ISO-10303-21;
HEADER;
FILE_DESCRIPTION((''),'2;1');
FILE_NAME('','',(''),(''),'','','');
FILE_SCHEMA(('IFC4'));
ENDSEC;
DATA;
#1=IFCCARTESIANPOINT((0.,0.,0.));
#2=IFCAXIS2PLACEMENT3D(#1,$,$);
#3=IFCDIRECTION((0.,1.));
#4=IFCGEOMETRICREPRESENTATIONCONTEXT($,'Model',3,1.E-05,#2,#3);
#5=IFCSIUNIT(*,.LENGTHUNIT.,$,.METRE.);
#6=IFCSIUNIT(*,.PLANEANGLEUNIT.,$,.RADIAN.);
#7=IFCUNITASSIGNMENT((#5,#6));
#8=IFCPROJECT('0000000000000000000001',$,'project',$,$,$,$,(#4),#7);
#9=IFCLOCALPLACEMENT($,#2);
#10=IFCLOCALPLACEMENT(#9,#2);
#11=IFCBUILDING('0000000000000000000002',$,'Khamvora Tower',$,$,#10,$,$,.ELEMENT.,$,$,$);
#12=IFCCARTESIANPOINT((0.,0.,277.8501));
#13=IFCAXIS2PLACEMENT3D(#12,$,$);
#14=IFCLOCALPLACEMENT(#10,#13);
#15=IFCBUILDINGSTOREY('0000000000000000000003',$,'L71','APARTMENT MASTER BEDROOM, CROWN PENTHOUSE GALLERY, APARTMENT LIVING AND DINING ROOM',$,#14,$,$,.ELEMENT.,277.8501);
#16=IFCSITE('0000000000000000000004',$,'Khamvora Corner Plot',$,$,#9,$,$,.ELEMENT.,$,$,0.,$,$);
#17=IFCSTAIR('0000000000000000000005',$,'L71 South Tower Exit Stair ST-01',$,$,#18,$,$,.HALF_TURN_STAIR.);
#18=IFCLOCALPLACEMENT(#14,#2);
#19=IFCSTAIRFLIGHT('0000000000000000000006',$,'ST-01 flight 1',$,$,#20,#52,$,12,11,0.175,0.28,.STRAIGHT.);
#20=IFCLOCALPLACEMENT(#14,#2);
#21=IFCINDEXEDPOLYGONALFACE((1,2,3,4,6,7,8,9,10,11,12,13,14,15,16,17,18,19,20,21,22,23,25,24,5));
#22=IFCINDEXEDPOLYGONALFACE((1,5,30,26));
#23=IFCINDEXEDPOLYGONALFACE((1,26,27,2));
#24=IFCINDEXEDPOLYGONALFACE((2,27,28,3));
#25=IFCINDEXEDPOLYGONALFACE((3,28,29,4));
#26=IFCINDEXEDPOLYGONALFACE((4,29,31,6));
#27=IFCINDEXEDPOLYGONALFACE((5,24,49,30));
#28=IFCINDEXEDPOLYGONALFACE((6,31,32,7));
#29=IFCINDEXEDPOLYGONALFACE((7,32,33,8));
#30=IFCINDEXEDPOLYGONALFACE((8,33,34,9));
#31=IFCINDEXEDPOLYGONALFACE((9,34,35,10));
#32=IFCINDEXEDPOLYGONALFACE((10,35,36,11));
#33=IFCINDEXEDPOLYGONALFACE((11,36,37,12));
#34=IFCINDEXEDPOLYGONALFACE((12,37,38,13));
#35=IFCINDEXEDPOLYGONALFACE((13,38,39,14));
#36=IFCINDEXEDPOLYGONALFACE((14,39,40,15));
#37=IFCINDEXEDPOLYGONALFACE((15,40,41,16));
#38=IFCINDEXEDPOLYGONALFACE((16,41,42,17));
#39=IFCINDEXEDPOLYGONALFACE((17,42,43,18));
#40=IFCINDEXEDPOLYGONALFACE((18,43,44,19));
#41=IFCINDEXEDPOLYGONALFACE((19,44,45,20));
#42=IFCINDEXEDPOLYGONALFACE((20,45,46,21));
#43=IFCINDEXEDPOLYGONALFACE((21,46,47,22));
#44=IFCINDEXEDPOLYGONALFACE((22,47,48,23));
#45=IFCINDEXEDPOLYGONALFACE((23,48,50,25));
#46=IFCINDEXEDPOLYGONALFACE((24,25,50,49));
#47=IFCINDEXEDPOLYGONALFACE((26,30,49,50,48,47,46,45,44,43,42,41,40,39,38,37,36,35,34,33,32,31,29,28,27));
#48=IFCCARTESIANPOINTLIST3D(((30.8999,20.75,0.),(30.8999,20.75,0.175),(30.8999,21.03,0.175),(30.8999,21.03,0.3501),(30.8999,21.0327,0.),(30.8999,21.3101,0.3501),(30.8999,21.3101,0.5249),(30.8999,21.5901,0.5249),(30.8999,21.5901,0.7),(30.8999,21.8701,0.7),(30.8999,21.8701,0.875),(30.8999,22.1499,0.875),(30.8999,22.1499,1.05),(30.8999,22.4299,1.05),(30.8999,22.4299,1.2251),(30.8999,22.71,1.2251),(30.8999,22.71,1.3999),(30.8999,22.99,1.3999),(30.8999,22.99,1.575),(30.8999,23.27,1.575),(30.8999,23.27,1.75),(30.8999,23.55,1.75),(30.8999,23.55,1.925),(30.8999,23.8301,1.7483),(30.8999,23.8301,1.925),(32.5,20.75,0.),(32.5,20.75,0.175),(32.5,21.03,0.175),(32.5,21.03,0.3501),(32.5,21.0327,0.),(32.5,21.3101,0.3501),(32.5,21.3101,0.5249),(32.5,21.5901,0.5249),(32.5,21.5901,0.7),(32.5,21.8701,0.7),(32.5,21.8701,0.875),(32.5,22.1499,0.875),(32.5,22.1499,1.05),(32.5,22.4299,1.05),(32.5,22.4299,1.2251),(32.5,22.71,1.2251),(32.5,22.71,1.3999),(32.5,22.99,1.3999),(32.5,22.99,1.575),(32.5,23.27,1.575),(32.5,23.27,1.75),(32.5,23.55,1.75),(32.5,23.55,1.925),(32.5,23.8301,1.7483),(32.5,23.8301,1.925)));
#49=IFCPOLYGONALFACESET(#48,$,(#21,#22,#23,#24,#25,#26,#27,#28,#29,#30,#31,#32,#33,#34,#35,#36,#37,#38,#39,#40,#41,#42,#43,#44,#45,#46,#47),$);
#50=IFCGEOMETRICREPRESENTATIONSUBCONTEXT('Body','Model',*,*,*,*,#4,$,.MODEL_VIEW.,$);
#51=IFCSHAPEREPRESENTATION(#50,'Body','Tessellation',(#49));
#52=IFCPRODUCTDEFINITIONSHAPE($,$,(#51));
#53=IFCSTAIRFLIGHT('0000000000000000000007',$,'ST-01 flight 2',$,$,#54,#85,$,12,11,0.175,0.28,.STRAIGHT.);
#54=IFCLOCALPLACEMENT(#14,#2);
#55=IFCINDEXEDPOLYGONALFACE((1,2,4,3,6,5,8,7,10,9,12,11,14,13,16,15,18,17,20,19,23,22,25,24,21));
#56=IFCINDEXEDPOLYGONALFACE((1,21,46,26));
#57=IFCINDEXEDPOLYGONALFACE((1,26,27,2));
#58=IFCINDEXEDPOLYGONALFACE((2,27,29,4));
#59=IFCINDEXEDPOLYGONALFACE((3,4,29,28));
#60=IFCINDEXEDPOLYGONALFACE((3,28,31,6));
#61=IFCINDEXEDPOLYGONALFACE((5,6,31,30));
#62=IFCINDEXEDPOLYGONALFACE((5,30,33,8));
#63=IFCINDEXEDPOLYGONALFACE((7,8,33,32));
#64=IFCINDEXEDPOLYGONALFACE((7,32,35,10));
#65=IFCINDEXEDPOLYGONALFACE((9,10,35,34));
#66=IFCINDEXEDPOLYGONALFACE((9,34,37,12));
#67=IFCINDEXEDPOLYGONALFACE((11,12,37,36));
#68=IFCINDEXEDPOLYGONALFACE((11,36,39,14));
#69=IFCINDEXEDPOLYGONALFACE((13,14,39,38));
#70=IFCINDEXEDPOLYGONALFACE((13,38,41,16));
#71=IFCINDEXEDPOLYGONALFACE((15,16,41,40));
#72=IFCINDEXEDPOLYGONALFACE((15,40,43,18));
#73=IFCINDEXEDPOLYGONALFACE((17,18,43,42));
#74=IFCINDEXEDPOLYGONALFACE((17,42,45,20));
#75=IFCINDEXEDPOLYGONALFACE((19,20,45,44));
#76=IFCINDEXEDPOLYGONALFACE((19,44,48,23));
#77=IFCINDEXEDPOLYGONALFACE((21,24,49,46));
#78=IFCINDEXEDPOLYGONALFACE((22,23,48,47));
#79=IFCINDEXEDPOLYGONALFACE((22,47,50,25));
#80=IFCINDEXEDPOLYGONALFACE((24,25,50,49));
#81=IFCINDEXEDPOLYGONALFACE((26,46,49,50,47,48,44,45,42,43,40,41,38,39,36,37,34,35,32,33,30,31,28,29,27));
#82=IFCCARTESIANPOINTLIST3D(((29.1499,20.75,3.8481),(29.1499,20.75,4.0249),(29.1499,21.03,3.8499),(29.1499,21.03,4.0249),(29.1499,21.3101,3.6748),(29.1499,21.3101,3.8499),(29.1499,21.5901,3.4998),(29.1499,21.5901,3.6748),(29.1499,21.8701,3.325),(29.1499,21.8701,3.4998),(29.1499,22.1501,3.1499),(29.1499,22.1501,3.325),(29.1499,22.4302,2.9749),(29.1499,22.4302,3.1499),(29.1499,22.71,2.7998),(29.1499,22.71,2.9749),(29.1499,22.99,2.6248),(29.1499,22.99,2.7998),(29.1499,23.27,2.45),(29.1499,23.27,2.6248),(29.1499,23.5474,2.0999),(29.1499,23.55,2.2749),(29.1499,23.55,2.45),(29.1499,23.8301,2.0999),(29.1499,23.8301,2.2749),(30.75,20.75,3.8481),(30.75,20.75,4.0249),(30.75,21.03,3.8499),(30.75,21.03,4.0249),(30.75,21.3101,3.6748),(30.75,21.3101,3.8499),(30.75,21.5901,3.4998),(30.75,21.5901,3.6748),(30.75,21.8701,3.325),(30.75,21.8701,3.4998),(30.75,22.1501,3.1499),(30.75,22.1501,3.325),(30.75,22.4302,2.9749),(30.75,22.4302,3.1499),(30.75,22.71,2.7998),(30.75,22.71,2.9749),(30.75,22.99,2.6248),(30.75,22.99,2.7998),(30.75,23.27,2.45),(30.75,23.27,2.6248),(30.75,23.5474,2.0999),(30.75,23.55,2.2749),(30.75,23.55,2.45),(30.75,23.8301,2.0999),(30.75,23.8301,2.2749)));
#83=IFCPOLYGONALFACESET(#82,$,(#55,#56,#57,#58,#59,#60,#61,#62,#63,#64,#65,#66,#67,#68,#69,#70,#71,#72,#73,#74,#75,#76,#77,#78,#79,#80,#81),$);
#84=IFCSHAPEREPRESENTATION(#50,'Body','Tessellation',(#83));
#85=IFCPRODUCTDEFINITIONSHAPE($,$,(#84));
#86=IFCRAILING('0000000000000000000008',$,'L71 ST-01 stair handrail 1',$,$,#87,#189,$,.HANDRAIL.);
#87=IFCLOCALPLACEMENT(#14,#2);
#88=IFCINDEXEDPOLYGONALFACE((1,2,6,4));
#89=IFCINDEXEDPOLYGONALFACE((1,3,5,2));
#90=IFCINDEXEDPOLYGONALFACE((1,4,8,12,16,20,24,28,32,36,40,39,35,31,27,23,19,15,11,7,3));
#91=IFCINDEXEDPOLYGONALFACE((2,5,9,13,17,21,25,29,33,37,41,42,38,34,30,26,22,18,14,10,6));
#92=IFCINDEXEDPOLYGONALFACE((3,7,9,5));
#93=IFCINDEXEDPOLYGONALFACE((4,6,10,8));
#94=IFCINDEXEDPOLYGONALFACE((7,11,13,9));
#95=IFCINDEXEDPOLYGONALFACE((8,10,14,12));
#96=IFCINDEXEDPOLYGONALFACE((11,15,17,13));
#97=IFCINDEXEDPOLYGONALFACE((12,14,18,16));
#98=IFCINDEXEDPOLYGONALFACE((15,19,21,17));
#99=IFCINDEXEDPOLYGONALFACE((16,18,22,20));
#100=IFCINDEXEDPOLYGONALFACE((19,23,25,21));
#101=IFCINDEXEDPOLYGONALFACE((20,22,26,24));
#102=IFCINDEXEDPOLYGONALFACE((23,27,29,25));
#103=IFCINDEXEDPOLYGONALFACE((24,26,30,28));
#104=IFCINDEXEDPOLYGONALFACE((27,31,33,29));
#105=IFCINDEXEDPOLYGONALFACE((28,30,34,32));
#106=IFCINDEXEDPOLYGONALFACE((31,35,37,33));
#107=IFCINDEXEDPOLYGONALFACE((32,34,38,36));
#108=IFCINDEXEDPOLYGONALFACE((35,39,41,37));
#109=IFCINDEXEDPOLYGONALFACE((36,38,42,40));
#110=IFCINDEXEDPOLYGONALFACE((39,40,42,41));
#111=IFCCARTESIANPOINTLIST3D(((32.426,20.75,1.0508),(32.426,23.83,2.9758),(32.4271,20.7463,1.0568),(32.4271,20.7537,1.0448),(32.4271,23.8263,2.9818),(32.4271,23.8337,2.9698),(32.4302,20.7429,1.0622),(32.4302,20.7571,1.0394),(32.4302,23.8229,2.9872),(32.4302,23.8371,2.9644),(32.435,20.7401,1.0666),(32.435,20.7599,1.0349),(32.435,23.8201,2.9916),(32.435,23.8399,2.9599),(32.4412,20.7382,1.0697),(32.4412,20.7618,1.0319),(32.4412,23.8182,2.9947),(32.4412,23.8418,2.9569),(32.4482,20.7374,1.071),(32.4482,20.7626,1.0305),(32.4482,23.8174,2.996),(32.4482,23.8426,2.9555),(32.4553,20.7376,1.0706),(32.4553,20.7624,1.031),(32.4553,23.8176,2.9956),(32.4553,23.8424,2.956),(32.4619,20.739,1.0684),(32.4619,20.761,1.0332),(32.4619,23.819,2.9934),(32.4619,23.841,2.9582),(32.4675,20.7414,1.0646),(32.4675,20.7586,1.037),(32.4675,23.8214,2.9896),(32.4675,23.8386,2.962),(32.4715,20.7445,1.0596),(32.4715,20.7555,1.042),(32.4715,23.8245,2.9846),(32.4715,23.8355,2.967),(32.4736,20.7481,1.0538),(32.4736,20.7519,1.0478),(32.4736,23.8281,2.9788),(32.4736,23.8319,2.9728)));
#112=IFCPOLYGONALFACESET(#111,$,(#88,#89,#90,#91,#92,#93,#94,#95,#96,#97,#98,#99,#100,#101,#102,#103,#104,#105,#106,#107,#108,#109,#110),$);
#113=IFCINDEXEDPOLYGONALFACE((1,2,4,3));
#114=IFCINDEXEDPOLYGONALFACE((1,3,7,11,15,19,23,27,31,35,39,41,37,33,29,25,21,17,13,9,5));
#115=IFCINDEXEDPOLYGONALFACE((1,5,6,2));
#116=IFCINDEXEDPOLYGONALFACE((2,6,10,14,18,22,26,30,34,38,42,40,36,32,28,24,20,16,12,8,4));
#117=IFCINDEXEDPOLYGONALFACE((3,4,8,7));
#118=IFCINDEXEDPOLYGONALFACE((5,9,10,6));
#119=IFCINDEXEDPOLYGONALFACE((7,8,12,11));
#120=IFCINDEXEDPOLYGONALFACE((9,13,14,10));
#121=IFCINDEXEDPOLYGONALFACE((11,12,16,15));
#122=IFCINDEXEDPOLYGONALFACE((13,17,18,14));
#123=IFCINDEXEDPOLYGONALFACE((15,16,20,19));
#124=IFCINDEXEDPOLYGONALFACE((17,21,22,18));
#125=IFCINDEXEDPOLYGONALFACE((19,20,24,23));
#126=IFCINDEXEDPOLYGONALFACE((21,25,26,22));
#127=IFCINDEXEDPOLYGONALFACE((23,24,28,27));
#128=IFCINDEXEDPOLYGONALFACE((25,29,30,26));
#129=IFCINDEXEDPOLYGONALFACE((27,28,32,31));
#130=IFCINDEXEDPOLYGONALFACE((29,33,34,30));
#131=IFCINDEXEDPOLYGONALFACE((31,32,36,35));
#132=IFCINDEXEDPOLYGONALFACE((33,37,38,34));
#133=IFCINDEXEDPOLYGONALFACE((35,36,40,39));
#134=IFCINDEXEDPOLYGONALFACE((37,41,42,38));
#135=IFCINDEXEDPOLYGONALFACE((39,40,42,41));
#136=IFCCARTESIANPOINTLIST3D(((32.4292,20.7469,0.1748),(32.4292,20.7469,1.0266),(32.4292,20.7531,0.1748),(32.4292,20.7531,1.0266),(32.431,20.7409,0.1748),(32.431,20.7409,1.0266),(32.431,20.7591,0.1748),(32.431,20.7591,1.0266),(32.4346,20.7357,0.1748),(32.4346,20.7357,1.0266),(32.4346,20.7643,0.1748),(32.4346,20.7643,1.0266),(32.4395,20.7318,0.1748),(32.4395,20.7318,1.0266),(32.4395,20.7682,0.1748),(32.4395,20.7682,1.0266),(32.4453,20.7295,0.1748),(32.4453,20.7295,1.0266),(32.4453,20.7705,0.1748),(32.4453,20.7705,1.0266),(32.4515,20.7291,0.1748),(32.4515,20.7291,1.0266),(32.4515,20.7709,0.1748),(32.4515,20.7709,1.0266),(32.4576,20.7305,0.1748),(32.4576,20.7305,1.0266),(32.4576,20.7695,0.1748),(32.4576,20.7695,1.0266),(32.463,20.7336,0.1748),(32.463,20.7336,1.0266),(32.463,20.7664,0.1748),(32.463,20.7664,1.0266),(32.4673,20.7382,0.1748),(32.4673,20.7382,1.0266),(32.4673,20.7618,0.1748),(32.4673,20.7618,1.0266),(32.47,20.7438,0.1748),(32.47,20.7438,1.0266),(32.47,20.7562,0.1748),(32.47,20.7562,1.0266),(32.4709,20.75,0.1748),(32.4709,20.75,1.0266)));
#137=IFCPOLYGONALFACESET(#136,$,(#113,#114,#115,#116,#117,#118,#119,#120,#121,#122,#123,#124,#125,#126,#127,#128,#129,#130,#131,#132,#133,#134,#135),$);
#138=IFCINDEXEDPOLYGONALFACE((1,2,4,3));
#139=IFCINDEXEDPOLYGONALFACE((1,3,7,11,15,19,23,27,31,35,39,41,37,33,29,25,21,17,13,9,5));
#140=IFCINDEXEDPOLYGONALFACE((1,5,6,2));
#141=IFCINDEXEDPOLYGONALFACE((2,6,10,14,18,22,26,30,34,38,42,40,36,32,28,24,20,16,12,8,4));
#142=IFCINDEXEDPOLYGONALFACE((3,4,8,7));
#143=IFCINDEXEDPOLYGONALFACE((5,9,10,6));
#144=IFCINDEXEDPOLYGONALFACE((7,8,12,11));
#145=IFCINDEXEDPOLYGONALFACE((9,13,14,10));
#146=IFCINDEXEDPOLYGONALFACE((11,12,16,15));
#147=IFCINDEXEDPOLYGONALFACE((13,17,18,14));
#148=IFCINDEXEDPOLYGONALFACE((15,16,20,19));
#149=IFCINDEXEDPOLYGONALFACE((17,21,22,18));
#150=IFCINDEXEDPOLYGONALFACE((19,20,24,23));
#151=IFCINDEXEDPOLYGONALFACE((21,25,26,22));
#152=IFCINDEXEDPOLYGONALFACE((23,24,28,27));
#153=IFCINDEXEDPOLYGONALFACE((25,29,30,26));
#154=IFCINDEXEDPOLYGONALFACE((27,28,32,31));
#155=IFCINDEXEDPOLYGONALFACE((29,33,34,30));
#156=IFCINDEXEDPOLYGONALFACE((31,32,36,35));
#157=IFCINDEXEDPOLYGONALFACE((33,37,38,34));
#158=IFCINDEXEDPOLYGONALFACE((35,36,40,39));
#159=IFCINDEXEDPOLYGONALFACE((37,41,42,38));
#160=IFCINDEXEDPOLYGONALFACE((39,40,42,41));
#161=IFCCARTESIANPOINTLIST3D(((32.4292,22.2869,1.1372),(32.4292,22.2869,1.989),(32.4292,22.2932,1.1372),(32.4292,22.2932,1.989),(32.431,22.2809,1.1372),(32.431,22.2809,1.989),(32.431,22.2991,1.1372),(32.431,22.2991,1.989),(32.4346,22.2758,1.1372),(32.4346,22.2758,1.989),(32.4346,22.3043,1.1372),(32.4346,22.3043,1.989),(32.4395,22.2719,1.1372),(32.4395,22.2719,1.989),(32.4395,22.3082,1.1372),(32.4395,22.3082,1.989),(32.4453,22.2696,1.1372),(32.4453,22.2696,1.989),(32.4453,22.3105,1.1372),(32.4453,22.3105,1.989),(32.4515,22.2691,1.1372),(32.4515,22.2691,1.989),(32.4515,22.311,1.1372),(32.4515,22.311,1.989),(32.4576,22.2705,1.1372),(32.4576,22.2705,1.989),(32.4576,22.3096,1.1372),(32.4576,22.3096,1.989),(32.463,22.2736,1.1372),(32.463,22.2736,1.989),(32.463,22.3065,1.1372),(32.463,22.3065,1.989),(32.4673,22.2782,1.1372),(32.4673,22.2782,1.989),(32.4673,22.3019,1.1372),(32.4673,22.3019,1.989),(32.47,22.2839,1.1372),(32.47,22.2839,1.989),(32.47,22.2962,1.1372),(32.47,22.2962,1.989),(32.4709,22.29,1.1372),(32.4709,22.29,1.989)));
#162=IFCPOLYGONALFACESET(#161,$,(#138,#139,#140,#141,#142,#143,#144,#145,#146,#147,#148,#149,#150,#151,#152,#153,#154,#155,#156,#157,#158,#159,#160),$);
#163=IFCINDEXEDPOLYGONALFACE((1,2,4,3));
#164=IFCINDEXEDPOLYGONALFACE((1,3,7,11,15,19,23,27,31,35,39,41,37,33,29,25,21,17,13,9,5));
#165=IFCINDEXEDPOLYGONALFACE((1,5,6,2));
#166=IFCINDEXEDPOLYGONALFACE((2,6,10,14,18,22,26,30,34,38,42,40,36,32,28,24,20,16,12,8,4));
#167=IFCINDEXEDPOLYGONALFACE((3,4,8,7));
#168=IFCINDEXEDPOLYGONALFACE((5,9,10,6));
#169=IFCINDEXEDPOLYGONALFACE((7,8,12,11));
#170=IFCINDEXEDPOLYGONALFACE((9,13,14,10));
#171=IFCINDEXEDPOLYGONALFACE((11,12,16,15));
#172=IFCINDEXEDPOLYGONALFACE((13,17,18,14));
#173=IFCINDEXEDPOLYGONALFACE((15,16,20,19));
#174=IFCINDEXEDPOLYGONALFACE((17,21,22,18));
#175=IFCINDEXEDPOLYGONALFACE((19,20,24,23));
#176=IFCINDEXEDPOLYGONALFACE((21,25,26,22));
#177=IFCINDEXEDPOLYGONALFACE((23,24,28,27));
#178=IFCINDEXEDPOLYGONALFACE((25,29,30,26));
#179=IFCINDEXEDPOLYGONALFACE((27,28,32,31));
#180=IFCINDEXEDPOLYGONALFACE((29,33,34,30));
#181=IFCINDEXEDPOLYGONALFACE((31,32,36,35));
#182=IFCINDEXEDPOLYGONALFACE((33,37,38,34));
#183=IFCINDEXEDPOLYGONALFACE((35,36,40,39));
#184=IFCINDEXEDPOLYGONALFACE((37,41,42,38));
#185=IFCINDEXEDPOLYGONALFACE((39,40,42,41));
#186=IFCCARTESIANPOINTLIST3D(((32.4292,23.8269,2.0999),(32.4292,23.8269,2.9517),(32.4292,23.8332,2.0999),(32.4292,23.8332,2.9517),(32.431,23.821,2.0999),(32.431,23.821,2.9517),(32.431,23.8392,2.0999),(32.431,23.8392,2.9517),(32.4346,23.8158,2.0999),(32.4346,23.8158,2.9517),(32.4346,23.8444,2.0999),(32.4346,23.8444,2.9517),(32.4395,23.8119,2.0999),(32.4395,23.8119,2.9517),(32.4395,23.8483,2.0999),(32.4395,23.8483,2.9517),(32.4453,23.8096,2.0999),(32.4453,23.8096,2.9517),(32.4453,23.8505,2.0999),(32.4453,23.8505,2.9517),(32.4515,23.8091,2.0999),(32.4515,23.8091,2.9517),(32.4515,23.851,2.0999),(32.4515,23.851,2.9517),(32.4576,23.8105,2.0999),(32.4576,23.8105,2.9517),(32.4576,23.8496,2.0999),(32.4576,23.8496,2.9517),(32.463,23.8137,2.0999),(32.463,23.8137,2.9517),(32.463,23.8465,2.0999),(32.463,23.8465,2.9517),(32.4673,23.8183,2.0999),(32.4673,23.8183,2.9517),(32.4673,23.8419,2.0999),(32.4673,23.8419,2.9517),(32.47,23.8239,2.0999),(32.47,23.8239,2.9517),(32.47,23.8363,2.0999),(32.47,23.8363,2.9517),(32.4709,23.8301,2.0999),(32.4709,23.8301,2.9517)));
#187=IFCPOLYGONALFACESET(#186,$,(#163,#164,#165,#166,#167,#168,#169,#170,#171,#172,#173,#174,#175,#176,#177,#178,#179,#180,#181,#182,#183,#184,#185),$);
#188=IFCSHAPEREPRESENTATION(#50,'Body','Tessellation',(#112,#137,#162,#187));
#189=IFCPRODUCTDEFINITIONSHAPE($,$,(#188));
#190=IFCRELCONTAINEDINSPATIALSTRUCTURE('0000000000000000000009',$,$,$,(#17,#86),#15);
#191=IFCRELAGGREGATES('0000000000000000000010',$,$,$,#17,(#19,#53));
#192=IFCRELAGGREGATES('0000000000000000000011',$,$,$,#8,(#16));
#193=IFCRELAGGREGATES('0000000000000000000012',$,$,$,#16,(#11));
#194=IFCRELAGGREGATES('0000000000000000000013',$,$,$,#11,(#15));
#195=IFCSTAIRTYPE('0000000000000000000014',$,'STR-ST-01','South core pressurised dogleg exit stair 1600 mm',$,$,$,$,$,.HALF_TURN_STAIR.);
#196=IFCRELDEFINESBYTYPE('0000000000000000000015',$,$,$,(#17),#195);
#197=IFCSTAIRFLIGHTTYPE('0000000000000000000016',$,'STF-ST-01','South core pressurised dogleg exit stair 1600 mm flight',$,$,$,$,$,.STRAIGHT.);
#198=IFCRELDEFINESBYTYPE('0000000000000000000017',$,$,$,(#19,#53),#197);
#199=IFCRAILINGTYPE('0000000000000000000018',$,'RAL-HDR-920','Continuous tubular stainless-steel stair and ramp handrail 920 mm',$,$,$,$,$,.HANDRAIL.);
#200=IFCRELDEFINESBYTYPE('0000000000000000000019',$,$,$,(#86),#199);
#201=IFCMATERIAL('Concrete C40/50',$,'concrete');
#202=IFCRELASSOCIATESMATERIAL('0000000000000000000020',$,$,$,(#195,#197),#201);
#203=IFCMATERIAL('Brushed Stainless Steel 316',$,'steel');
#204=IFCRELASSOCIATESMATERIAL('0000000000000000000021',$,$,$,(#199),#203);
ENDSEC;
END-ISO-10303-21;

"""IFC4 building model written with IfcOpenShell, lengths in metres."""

from ifc_helpers import new_model, si_unit, direction, frame, origin, origin_2d, place, context, subcontext, project, spatial, polyline, circle, outline, extrude, material, type_object, element, aggregate, save


model = new_model("IFC4")

# Units and contexts
model_context = context("Model", 3, precision=1e-05, world=origin(), true_north=direction((0.0, 1.0)))
body_context = subcontext(model_context, "Body", "Model", "MODEL_VIEW")
ifc_project = project(units=[si_unit("LENGTHUNIT", "METRE"), si_unit("PLANEANGLEUNIT", "RADIAN")], contexts=[model_context])

# Site, building, storey
site_placement = place(None, origin())
site = spatial("IfcSite", under=ifc_project, at=site_placement, Name="Khamvora Corner Plot", CompositionType="ELEMENT", RefElevation=0.0)
building_placement = place(site_placement, origin())
building = spatial("IfcBuilding", under=site, at=building_placement, Name="Khamvora Tower", CompositionType="ELEMENT")
storey_placement = place(building_placement, frame((0.0, 0.0, 277.8501)))
storey = spatial("IfcBuildingStorey", under=building, at=storey_placement, Name="L71", Description="APARTMENT MASTER BEDROOM, CROWN PENTHOUSE GALLERY, APARTMENT LIVING AND DINING ROOM", CompositionType="ELEMENT", Elevation=277.8501)

# Shared definitions
ifc_material_1 = material(Name="Concrete C40/50", Category="concrete")

# Stair, stair flights
stair_type = type_object("IfcStairType", Name="STR-ST-01", Description="South core pressurised dogleg exit stair 1600 mm", PredefinedType="HALF_TURN_STAIR", material=ifc_material_1)
stair_placement = place(storey_placement, origin())
stair = element("IfcStair", 1, at=stair_placement, inside=storey, type_object=stair_type, Name="L71 South Tower Exit Stair ST-01", PredefinedType="HALF_TURN_STAIR")
stair_flight_type = type_object("IfcStairFlightType", Name="STF-ST-01", Description="South core pressurised dogleg exit stair 1600 mm flight", PredefinedType="STRAIGHT", material=ifc_material_1)
stair_flight_1_placement = place(storey_placement, frame((31.7, 20.75, 0.0), z_axis=(0.0, 0.0, 1.0), x_axis=(0.0, 1.0, 0.0)))
stair_flight_1 = element("IfcStairFlight", 2, at=stair_flight_1_placement, type_object=stair_flight_type, Name="ST-01 flight 1", NumberOfRisers=12, NumberOfTreads=11, PredefinedType="STRAIGHT", RiserHeight=0.175, TreadLength=0.28, context=body_context, shape_type="SweptSolid", body=[
    extrude(outline(polyline([(0.0, 0.0), (0.0, 0.175), (0.28, 0.175), (0.28, 0.3501), (0.5601, 0.3501), (0.5601, 0.5249), (0.8401, 0.5249), (0.8401, 0.7), (1.1201, 0.7), (1.1201, 0.875), (1.3999, 0.875), (1.3999, 1.05), (1.6799, 1.05), (1.6799, 1.2251), (1.96, 1.2251), (1.96, 1.3999), (2.24, 1.3999), (2.24, 1.575), (2.52, 1.575), (2.52, 1.75), (2.8, 1.75), (2.8, 1.925), (3.0801, 1.925), (3.0801, 2.1001), (3.0801, 1.7483), (0.2827, 0.0), (0.0, 0.0)])), frame((0.0, 0.8, 0.0), z_axis=(0.0, -1.0, 0.0), x_axis=(1.0, 0.0, 0.0)), (0.0, 0.0, 1.0), 1.6001),
])
stair_flight_2_placement = place(storey_placement, frame((29.95, 23.8301, 2.0999), z_axis=(0.0, 0.0, 1.0), x_axis=(0.0, -1.0, 0.0)))
stair_flight_2 = element("IfcStairFlight", 3, at=stair_flight_2_placement, type_object=stair_flight_type, Name="ST-01 flight 2", NumberOfRisers=12, NumberOfTreads=11, PredefinedType="STRAIGHT", RiserHeight=0.175, TreadLength=0.28, context=body_context, shape_type="SweptSolid", body=[
    extrude(outline(polyline([(0.0, 0.0), (0.0, 0.175), (0.28, 0.175), (0.28, 0.3501), (0.5601, 0.3501), (0.5601, 0.5249), (0.8401, 0.5249), (0.8401, 0.7), (1.1201, 0.7), (1.1201, 0.875), (1.3999, 0.875), (1.3999, 1.05), (1.6799, 1.05), (1.6799, 1.2251), (1.96, 1.2251), (1.96, 1.3999), (2.24, 1.3999), (2.24, 1.575), (2.52, 1.575), (2.52, 1.75), (2.8, 1.75), (2.8, 1.925), (3.0801, 1.925), (3.0801, 2.1001), (3.0801, 1.7483), (0.2827, 0.0), (0.0, 0.0)])), frame((0.0, 0.8, 0.0), z_axis=(0.0, -1.0, 0.0), x_axis=(1.0, 0.0, 0.0)), (0.0, 0.0, 1.0), 1.6001),
])
aggregate(stair, [stair_flight_1, stair_flight_2])

# Railing
ifc_material_2 = material(Name="Brushed Stainless Steel 316", Category="steel")
railing_type_1 = type_object("IfcRailingType", Name="RAL-HDR-920", Description="Continuous tubular stainless-steel stair and ramp handrail 920 mm", PredefinedType="HANDRAIL", material=ifc_material_2)
railing_1_placement = place(storey_placement, frame((32.45, 20.75, 0.1748)))
element("IfcRailing", 4, at=railing_1_placement, inside=storey, type_object=railing_type_1, Name="L71 ST-01 stair handrail 1", PredefinedType="HANDRAIL", context=body_context, shape_type="SweptSolid", body=[
    extrude(circle(Radius=0.0239, at=origin_2d()), frame((0.0, 0.0, 0.876), z_axis=(0.0, 0.847998, 0.529999), x_axis=(-1.0, 0.0, 0.0)), (0.0, 0.0, 1.0), 3.6321),
    extrude(circle(Radius=0.021, at=origin_2d()), origin(), (0.0, 0.0, 1.0), 0.8518),
    extrude(circle(Radius=0.021, at=origin_2d()), frame((0.0, 1.54, 0.9624)), (0.0, 0.0, 1.0), 0.8518),
    extrude(circle(Radius=0.021, at=origin_2d()), frame((0.0, 3.0801, 1.925)), (0.0, 0.0, 1.0), 0.8518),
])

save(model, "model.ifc")
